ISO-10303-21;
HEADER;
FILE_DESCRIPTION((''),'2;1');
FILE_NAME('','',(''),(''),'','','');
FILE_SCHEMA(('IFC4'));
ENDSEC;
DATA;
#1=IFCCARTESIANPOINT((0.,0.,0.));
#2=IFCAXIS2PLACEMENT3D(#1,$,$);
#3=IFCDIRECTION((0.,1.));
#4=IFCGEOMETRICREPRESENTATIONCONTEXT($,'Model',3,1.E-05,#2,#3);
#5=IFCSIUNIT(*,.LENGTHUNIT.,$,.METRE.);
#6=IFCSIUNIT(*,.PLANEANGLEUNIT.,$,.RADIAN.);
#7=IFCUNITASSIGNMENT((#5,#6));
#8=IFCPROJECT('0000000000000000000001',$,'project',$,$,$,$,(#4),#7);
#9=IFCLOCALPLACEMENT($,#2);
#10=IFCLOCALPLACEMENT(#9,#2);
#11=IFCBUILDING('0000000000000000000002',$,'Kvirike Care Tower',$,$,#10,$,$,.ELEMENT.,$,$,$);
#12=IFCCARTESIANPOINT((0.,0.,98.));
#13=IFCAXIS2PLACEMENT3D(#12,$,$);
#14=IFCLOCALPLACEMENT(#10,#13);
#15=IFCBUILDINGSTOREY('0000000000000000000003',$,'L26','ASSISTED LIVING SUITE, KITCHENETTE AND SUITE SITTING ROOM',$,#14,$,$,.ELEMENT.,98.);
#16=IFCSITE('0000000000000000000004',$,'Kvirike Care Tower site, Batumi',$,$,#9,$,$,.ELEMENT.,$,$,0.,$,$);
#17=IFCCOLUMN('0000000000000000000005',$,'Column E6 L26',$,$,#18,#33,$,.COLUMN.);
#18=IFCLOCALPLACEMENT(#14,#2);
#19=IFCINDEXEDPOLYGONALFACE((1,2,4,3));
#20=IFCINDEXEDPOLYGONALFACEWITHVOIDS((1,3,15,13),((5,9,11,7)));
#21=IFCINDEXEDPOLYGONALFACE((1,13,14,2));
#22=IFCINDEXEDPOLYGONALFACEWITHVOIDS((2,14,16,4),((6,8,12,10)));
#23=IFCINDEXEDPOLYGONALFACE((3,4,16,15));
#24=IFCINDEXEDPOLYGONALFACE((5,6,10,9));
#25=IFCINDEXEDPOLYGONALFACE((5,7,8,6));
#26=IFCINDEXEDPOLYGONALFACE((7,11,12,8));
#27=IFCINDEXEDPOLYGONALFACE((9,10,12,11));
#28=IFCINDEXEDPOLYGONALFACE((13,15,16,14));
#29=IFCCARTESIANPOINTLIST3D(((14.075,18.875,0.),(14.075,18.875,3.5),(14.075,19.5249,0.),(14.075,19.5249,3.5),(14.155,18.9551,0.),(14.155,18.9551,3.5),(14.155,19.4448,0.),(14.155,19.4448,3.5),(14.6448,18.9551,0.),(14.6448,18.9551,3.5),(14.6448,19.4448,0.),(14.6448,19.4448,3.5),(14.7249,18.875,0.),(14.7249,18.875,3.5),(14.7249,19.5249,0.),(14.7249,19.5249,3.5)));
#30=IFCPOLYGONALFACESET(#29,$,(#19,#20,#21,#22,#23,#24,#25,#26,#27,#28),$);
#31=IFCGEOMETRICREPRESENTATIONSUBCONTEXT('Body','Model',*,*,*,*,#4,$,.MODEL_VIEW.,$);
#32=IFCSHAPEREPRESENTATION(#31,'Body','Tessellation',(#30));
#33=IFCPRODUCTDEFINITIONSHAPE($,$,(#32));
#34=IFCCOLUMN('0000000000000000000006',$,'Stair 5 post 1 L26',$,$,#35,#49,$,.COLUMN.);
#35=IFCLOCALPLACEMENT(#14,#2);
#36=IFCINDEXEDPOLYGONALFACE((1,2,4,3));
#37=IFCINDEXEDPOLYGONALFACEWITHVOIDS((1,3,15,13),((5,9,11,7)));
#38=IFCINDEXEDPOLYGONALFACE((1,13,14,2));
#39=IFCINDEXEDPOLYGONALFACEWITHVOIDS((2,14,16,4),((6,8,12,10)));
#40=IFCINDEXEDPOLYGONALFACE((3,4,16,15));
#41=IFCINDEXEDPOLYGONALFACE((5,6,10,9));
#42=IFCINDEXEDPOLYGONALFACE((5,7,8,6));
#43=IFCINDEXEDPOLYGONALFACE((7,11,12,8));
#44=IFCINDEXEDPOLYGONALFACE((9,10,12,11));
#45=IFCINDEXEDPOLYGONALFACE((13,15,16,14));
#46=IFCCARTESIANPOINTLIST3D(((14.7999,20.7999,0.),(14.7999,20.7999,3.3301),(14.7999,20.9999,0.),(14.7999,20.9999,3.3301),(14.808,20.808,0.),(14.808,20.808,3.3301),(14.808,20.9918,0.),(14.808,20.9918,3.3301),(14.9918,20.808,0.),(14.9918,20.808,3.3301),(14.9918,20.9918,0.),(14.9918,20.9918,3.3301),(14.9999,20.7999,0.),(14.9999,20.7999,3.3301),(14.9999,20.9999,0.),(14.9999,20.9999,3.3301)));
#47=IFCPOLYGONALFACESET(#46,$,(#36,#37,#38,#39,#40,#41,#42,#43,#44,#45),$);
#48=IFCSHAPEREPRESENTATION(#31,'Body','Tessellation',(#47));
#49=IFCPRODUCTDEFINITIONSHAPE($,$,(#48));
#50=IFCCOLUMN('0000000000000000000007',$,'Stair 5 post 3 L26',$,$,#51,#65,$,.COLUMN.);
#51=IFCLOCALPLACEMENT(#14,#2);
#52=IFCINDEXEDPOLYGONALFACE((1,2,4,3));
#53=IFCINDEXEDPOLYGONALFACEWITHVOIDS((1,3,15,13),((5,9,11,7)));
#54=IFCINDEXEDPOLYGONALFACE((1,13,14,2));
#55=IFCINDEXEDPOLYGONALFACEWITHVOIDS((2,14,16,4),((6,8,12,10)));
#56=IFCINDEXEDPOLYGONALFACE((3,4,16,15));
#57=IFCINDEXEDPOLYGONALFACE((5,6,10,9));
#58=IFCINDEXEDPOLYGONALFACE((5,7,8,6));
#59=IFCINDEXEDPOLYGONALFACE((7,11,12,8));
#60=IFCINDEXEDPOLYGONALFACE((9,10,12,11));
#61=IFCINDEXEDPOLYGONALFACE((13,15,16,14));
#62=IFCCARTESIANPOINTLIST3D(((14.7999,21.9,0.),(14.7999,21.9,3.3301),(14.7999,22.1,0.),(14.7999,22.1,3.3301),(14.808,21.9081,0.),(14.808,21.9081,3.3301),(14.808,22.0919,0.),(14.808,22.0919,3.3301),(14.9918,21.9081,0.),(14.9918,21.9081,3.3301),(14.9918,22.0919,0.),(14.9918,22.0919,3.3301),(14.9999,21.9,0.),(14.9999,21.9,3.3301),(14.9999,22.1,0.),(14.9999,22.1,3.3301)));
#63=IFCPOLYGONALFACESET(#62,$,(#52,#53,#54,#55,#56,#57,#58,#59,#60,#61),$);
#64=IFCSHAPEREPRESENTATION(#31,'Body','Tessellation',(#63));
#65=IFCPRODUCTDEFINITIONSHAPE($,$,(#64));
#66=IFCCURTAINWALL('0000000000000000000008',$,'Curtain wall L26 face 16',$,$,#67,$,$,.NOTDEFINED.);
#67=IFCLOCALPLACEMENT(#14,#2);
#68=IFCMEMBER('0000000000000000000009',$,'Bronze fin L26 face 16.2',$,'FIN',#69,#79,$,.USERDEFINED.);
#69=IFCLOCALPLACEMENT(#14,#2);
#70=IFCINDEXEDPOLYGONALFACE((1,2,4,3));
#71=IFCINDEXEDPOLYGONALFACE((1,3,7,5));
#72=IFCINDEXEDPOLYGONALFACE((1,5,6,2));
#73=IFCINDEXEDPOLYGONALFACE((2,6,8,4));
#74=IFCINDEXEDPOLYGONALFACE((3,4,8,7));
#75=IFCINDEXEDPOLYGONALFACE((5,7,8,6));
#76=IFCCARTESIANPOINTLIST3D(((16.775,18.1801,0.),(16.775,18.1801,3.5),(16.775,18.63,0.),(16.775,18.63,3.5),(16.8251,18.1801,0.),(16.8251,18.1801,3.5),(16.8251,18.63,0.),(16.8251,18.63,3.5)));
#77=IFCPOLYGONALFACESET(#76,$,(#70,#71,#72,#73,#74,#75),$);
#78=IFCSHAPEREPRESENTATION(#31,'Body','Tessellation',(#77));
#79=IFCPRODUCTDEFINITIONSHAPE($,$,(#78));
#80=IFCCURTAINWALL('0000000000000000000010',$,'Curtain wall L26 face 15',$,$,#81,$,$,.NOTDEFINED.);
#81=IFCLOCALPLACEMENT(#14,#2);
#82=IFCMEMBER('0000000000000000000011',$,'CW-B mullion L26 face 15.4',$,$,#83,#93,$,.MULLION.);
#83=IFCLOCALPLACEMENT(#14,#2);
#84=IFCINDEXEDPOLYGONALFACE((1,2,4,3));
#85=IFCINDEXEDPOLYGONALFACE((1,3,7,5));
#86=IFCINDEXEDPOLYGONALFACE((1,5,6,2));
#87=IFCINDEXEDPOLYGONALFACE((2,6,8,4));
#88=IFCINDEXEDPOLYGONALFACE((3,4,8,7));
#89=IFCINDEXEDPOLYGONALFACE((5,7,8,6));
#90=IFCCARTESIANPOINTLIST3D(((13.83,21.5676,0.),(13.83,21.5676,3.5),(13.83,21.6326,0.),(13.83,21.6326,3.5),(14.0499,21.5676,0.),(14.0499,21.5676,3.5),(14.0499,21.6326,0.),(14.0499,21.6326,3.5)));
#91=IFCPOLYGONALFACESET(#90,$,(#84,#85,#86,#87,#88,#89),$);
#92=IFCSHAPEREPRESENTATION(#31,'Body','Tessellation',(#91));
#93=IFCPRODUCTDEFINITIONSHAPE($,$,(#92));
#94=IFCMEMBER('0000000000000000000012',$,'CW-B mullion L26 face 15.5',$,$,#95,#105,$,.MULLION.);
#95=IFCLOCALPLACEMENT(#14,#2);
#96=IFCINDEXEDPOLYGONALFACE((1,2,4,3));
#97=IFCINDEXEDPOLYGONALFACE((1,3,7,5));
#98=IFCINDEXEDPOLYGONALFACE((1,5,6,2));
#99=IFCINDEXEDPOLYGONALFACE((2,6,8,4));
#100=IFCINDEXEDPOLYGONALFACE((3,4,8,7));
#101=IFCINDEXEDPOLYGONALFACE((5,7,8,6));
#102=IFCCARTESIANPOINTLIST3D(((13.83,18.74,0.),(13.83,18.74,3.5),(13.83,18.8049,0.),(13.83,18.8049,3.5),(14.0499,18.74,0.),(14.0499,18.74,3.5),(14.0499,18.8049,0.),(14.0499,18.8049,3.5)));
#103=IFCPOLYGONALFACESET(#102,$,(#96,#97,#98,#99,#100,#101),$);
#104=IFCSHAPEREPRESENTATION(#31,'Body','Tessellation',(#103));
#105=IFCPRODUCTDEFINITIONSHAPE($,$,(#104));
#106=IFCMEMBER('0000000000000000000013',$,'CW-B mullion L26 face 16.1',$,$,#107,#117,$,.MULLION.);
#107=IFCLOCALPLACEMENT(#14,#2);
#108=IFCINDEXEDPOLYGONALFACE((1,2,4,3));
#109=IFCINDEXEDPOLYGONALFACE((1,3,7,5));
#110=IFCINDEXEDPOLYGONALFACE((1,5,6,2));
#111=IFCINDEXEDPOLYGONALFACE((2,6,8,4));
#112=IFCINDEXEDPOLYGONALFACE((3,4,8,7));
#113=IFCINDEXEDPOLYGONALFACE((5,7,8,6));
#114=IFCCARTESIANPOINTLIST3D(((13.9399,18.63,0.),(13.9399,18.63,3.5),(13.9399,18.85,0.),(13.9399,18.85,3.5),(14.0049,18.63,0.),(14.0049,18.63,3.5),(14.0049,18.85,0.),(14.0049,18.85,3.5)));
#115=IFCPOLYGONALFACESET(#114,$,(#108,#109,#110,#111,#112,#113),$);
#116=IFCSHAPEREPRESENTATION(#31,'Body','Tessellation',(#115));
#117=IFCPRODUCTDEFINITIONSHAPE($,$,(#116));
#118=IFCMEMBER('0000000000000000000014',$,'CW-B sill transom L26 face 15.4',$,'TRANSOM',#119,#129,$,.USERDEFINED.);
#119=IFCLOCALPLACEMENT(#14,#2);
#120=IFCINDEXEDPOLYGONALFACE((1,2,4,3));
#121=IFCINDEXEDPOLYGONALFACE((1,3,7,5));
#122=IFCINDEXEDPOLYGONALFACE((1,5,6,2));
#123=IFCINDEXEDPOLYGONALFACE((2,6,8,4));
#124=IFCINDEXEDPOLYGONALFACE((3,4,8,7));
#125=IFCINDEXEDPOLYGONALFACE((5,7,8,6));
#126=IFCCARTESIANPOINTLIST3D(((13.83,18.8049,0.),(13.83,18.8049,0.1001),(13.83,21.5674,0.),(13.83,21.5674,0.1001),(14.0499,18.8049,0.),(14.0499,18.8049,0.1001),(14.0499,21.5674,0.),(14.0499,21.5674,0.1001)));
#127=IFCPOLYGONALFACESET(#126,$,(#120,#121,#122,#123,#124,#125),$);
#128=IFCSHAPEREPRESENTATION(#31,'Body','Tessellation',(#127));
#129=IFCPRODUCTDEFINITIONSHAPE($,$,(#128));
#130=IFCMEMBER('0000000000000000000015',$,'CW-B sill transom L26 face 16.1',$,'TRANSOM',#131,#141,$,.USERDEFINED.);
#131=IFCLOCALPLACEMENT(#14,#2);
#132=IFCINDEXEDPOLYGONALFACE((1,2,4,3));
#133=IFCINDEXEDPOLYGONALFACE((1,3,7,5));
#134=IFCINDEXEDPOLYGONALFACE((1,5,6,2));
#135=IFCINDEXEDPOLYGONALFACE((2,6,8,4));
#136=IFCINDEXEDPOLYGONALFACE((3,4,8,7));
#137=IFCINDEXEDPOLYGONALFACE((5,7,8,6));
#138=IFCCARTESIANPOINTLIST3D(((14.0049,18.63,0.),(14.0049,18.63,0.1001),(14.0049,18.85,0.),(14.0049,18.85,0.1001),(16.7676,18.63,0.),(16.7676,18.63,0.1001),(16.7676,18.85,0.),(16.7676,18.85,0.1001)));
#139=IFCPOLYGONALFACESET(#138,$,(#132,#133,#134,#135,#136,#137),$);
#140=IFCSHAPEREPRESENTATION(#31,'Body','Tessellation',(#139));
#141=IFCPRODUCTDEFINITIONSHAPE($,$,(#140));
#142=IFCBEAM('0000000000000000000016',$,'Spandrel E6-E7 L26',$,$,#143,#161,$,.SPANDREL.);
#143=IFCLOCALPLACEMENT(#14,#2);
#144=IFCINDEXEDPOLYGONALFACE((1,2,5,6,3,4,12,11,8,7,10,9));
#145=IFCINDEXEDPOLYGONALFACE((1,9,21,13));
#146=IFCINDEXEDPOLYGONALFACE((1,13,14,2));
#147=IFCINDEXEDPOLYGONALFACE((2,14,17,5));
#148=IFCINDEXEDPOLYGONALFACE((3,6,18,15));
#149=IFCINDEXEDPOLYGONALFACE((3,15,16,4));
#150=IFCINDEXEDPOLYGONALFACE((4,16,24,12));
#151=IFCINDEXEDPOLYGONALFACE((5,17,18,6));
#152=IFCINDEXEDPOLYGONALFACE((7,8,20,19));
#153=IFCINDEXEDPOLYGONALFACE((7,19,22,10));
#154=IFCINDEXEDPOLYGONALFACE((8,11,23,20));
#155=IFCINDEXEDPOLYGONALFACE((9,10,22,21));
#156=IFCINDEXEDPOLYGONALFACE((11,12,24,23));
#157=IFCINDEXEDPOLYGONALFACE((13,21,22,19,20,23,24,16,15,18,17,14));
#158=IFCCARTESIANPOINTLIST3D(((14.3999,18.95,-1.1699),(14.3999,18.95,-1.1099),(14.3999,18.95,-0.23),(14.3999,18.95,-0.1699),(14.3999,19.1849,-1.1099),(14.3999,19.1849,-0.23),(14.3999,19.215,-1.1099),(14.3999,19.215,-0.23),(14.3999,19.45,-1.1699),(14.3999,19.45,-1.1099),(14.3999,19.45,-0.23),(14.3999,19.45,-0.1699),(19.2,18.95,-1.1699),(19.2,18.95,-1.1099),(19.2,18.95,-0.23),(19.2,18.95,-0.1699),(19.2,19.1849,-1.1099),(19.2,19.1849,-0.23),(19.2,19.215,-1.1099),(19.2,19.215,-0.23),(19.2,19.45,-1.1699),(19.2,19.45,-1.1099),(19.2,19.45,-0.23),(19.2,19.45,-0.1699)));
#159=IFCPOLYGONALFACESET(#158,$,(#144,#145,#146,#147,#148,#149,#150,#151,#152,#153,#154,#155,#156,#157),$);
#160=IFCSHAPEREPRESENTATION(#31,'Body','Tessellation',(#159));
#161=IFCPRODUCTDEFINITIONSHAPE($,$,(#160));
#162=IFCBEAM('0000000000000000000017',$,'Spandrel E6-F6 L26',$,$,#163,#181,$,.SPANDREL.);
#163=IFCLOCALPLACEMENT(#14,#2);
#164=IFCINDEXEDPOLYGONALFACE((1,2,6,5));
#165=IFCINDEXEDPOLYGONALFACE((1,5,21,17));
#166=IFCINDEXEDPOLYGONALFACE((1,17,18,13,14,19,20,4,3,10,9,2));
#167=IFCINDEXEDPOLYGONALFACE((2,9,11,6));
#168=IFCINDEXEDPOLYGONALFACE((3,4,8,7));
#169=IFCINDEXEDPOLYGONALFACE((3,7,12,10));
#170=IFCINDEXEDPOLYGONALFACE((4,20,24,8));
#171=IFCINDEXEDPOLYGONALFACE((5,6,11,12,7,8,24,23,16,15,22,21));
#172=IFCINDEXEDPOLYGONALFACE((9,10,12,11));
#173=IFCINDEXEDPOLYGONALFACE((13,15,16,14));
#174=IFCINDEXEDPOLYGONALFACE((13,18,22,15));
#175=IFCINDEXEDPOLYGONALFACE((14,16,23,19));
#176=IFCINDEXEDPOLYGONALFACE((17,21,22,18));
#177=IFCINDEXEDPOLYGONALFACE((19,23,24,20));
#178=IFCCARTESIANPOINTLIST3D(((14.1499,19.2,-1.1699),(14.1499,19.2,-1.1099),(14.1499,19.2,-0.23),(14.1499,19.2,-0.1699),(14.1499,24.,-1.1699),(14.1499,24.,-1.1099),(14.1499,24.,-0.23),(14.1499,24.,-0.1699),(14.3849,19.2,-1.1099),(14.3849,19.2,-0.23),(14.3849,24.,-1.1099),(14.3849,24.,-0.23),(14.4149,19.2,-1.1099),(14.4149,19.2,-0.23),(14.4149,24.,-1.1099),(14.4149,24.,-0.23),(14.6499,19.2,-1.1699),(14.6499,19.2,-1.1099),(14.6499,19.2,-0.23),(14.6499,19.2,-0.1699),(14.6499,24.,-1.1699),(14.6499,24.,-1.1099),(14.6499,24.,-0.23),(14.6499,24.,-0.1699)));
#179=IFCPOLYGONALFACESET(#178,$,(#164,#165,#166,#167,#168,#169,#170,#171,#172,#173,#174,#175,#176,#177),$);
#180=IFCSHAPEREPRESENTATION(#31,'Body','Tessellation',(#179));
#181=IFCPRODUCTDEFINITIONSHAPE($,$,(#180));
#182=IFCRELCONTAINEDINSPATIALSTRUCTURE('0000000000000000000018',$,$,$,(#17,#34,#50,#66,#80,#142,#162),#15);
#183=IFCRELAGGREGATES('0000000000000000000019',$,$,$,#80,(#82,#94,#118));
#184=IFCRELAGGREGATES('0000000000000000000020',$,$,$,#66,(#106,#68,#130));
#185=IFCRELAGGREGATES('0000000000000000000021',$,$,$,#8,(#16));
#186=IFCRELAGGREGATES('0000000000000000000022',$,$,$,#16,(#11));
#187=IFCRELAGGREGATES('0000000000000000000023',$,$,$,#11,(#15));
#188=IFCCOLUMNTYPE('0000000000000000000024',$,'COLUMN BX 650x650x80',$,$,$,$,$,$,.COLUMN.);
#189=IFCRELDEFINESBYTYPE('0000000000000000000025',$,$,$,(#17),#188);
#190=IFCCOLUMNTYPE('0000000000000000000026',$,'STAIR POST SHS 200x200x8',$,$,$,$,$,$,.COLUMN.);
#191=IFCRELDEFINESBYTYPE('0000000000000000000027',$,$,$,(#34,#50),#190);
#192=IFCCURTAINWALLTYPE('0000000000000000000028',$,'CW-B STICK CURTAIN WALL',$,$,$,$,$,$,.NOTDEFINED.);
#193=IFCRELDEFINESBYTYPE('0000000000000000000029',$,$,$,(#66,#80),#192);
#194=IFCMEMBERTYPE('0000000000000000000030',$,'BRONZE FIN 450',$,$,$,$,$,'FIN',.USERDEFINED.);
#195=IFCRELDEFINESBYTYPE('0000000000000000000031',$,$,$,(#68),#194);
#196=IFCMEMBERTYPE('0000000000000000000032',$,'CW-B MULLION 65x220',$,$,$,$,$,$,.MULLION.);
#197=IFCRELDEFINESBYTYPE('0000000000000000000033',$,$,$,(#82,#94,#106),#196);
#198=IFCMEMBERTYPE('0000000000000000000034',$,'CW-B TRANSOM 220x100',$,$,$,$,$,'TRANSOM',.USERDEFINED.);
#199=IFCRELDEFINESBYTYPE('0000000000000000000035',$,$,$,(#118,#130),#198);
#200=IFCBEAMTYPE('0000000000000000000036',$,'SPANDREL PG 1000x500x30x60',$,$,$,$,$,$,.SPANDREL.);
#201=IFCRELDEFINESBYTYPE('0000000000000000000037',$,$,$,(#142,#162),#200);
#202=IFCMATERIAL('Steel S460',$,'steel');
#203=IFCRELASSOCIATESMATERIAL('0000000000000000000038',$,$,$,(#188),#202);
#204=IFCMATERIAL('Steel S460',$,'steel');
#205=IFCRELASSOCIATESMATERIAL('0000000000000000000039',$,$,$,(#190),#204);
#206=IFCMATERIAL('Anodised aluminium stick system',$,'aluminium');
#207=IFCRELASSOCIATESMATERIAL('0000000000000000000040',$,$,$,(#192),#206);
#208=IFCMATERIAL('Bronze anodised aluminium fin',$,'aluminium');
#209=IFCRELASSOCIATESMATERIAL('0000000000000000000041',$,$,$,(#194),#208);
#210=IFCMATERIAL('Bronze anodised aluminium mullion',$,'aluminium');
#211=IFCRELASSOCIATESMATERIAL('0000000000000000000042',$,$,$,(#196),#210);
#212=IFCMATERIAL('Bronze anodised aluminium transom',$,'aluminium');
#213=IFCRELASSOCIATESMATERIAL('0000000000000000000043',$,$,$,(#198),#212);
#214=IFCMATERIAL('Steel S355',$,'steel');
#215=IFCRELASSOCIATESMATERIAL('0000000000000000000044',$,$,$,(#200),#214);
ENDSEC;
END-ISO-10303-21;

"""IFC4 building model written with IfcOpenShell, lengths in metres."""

from ifc_helpers import new_model, si_unit, direction, frame, origin, origin_2d, place, context, subcontext, project, spatial, rectangle, hollow_rectangle, i_section, extrude, material, material_profile, profile_set, type_object, element, aggregate, save


model = new_model("IFC4")

# Units and contexts
model_context = context("Model", 3, precision=1e-05, world=origin(), true_north=direction((0.0, 1.0)))
body_context = subcontext(model_context, "Body", "Model", "MODEL_VIEW")
ifc_project = project(units=[si_unit("LENGTHUNIT", "METRE"), si_unit("PLANEANGLEUNIT", "RADIAN")], contexts=[model_context])

# Site, building, storey
site_placement = place(None, origin())
site = spatial("IfcSite", under=ifc_project, at=site_placement, Name="Kvirike Care Tower site, Batumi", CompositionType="ELEMENT", RefElevation=0.0)
building_placement = place(site_placement, origin())
building = spatial("IfcBuilding", under=site, at=building_placement, Name="Kvirike Care Tower", CompositionType="ELEMENT")
storey_placement = place(building_placement, frame((0.0, 0.0, 98.0)))
storey = spatial("IfcBuildingStorey", under=building, at=storey_placement, Name="L26", Description="ASSISTED LIVING SUITE, KITCHENETTE AND SUITE SITTING ROOM", CompositionType="ELEMENT", Elevation=98.0)

# Columns
ifc_material_1 = material(Name="Steel S460", Category="steel")
ifc_material_profile_1 = material_profile(ifc_material_1, hollow_rectangle(XDim=0.6499, YDim=0.6499, WallThickness=0.0801, at=origin_2d()), Name="BX 650x650x80")
ifc_profile_set_1 = profile_set([ifc_material_profile_1], Name="Steel S460")
column_type_1 = type_object("IfcColumnType", Name="COLUMN BX 650x650x80", PredefinedType="COLUMN", material=ifc_profile_set_1)
column_placement = place(storey_placement, frame((14.3999, 19.2, 0.0), z_axis=(0.0, 0.0, 1.0), x_axis=(0.0, 1.0, 0.0)))
element("IfcColumn", 1, at=column_placement, inside=storey, type_object=column_type_1, Name="Column E6 L26", PredefinedType="COLUMN", context=body_context, shape_type="SweptSolid", body=[
    extrude(hollow_rectangle(XDim=0.6499, YDim=0.6499, WallThickness=0.0801, at=origin_2d()), origin(), (0.0, 0.0, 1.0), 3.5),
])
ifc_material_2 = material(Name="Steel S460", Category="steel")
ifc_material_profile_2 = material_profile(ifc_material_2, hollow_rectangle(XDim=0.2, YDim=0.2, WallThickness=0.0081, at=origin_2d()), Name="SHS 200x200x8")
ifc_profile_set_2 = profile_set([ifc_material_profile_2], Name="Steel S460")
column_type_2 = type_object("IfcColumnType", Name="STAIR POST SHS 200x200x8", PredefinedType="COLUMN", material=ifc_profile_set_2)
for number, where, z_axis, x_axis, name in (
    (2, (14.8999, 20.8999, 0.0), (0.0, 0.0, 1.0), (1.0, 0.0, 0.0), "Stair 5 post 1 L26"),
    (3, (14.8999, 22.0, 0.0), (0.0, 0.0, 1.0), (1.0, 0.0, 0.0), "Stair 5 post 3 L26"),
):
    element("IfcColumn", number, at=place(storey_placement, frame(where, z_axis=z_axis, x_axis=x_axis)), inside=storey, type_object=column_type_2, Name=name, PredefinedType="COLUMN", context=body_context, shape_type="SweptSolid", body=[
        extrude(hollow_rectangle(XDim=0.2, YDim=0.2, WallThickness=0.0081, at=origin_2d()), origin(), (0.0, 0.0, 1.0), 3.3301),
    ])

# Curtain wall, member
ifc_material_3 = material(Name="Anodised aluminium stick system", Category="aluminium")
curtain_wall_type = type_object("IfcCurtainWallType", Name="CW-B STICK CURTAIN WALL", PredefinedType="NOTDEFINED", material=ifc_material_3)
curtain_wall_1_placement = place(storey_placement, origin())
curtain_wall_1 = element("IfcCurtainWall", 4, at=curtain_wall_1_placement, inside=storey, type_object=curtain_wall_type, Name="Curtain wall L26 face 16", PredefinedType="NOTDEFINED")
ifc_material_4 = material(Name="Bronze anodised aluminium fin", Category="aluminium")
ifc_material_profile_3 = material_profile(ifc_material_4, rectangle(XDim=0.05, YDim=0.45, at=origin_2d()), Name="BRONZE FIN 450")
ifc_profile_set_3 = profile_set([ifc_material_profile_3], Name="Bronze anodised aluminium fin")
member_type_1 = type_object("IfcMemberType", Name="BRONZE FIN 450", ElementType="FIN", PredefinedType="USERDEFINED", material=ifc_profile_set_3)
member_1_placement = place(storey_placement, frame((16.8, 18.405, 0.0), z_axis=(0.0, 0.0, 1.0), x_axis=(1.0, 0.0, 0.0)))
member_1 = element("IfcMember", 5, at=member_1_placement, type_object=member_type_1, Name="Bronze fin L26 face 16.2", ObjectType="FIN", PredefinedType="USERDEFINED", context=body_context, shape_type="SweptSolid", body=[
    extrude(rectangle(XDim=0.05, YDim=0.45, at=origin_2d()), origin(), (0.0, 0.0, 1.0), 3.5),
])

# Curtain wall, members
curtain_wall_2_placement = place(storey_placement, origin())
curtain_wall_2 = element("IfcCurtainWall", 6, at=curtain_wall_2_placement, inside=storey, type_object=curtain_wall_type, Name="Curtain wall L26 face 15", PredefinedType="NOTDEFINED")
ifc_material_5 = material(Name="Bronze anodised aluminium mullion", Category="aluminium")
ifc_material_profile_4 = material_profile(ifc_material_5, rectangle(XDim=0.0649, YDim=0.22, at=origin_2d()), Name="CW-B MULLION 65x220")
ifc_profile_set_4 = profile_set([ifc_material_profile_4], Name="Bronze anodised aluminium mullion")
member_type_2 = type_object("IfcMemberType", Name="CW-B MULLION 65x220", PredefinedType="MULLION", material=ifc_profile_set_4)
member_2_placement = place(storey_placement, frame((13.9399, 21.6001, 0.0), z_axis=(0.0, 0.0, 1.0), x_axis=(0.0, -1.0, 0.0)))
member_2 = element("IfcMember", 7, at=member_2_placement, type_object=member_type_2, Name="CW-B mullion L26 face 15.4", PredefinedType="MULLION", context=body_context, shape_type="SweptSolid", body=[
    extrude(rectangle(XDim=0.0649, YDim=0.22, at=origin_2d()), origin(), (0.0, 0.0, 1.0), 3.5),
])
member_3_placement = place(storey_placement, frame((13.9399, 18.7725, 0.0), z_axis=(0.0, 0.0, 1.0), x_axis=(0.0, -1.0, 0.0)))
member_3 = element("IfcMember", 8, at=member_3_placement, type_object=member_type_2, Name="CW-B mullion L26 face 15.5", PredefinedType="MULLION", context=body_context, shape_type="SweptSolid", body=[
    extrude(rectangle(XDim=0.0649, YDim=0.22, at=origin_2d()), origin(), (0.0, 0.0, 1.0), 3.5),
])

# Members
member_4_placement = place(storey_placement, frame((13.9724, 18.74, 0.0), z_axis=(0.0, 0.0, 1.0), x_axis=(1.0, 0.0, 0.0)))
member_4 = element("IfcMember", 9, at=member_4_placement, type_object=member_type_2, Name="CW-B mullion L26 face 16.1", PredefinedType="MULLION", context=body_context, shape_type="SweptSolid", body=[
    extrude(rectangle(XDim=0.0649, YDim=0.22, at=origin_2d()), origin(), (0.0, 0.0, 1.0), 3.5),
])
ifc_material_6 = material(Name="Bronze anodised aluminium transom", Category="aluminium")
ifc_material_profile_5 = material_profile(ifc_material_6, rectangle(XDim=0.22, YDim=0.1001, at=origin_2d()), Name="CW-B TRANSOM 220x100")
ifc_profile_set_5 = profile_set([ifc_material_profile_5], Name="Bronze anodised aluminium transom")
member_type_3 = type_object("IfcMemberType", Name="CW-B TRANSOM 220x100", ElementType="TRANSOM", PredefinedType="USERDEFINED", material=ifc_profile_set_5)
member_5_placement = place(storey_placement, frame((13.9399, 21.5674, 0.05), z_axis=(0.0, -1.0, 0.0), x_axis=(1.0, 0.0, 0.0)))
member_5 = element("IfcMember", 10, at=member_5_placement, type_object=member_type_3, Name="CW-B sill transom L26 face 15.4", ObjectType="TRANSOM", PredefinedType="USERDEFINED", context=body_context, shape_type="SweptSolid", body=[
    extrude(rectangle(XDim=0.22, YDim=0.1001, at=origin_2d()), origin(), (0.0, 0.0, 1.0), 2.7625),
])
member_6_placement = place(storey_placement, frame((14.0049, 18.74, 0.05), z_axis=(1.0, 0.0, 0.0), x_axis=(0.0, 1.0, 0.0)))
member_6 = element("IfcMember", 11, at=member_6_placement, type_object=member_type_3, Name="CW-B sill transom L26 face 16.1", ObjectType="TRANSOM", PredefinedType="USERDEFINED", context=body_context, shape_type="SweptSolid", body=[
    extrude(rectangle(XDim=0.22, YDim=0.1001, at=origin_2d()), origin(), (0.0, 0.0, 1.0), 2.7627),
])

# Beams
ifc_material_7 = material(Name="Steel S355", Category="steel")
ifc_material_profile_6 = material_profile(ifc_material_7, i_section(OverallWidth=0.5, OverallDepth=1.0, WebThickness=0.03, FlangeThickness=0.0601, at=origin_2d()), Name="PG 1000x500x30x60")
ifc_profile_set_6 = profile_set([ifc_material_profile_6], Name="Steel S355")
beam_type_1 = type_object("IfcBeamType", Name="SPANDREL PG 1000x500x30x60", PredefinedType="SPANDREL", material=ifc_profile_set_6)
for number, where, z_axis, x_axis, name in (
    (12, (14.3999, 19.2, -0.6699), (1.0, 0.0, 0.0), (0.0, 1.0, 0.0), "Spandrel E6-E7 L26"),
    (13, (14.3999, 19.2, -0.6699), (0.0, 1.0, 0.0), (-1.0, 0.0, 0.0), "Spandrel E6-F6 L26"),
):
    element("IfcBeam", number, at=place(storey_placement, frame(where, z_axis=z_axis, x_axis=x_axis)), inside=storey, type_object=beam_type_1, Name=name, PredefinedType="SPANDREL", context=body_context, shape_type="SweptSolid", body=[
        extrude(i_section(OverallWidth=0.5, OverallDepth=1.0, WebThickness=0.03, FlangeThickness=0.0601, at=origin_2d()), origin(), (0.0, 0.0, 1.0), 4.8),
    ])

aggregate(curtain_wall_2, [member_2, member_3, member_5])
aggregate(curtain_wall_1, [member_4, member_1, member_6])

save(model, "model.ifc")
